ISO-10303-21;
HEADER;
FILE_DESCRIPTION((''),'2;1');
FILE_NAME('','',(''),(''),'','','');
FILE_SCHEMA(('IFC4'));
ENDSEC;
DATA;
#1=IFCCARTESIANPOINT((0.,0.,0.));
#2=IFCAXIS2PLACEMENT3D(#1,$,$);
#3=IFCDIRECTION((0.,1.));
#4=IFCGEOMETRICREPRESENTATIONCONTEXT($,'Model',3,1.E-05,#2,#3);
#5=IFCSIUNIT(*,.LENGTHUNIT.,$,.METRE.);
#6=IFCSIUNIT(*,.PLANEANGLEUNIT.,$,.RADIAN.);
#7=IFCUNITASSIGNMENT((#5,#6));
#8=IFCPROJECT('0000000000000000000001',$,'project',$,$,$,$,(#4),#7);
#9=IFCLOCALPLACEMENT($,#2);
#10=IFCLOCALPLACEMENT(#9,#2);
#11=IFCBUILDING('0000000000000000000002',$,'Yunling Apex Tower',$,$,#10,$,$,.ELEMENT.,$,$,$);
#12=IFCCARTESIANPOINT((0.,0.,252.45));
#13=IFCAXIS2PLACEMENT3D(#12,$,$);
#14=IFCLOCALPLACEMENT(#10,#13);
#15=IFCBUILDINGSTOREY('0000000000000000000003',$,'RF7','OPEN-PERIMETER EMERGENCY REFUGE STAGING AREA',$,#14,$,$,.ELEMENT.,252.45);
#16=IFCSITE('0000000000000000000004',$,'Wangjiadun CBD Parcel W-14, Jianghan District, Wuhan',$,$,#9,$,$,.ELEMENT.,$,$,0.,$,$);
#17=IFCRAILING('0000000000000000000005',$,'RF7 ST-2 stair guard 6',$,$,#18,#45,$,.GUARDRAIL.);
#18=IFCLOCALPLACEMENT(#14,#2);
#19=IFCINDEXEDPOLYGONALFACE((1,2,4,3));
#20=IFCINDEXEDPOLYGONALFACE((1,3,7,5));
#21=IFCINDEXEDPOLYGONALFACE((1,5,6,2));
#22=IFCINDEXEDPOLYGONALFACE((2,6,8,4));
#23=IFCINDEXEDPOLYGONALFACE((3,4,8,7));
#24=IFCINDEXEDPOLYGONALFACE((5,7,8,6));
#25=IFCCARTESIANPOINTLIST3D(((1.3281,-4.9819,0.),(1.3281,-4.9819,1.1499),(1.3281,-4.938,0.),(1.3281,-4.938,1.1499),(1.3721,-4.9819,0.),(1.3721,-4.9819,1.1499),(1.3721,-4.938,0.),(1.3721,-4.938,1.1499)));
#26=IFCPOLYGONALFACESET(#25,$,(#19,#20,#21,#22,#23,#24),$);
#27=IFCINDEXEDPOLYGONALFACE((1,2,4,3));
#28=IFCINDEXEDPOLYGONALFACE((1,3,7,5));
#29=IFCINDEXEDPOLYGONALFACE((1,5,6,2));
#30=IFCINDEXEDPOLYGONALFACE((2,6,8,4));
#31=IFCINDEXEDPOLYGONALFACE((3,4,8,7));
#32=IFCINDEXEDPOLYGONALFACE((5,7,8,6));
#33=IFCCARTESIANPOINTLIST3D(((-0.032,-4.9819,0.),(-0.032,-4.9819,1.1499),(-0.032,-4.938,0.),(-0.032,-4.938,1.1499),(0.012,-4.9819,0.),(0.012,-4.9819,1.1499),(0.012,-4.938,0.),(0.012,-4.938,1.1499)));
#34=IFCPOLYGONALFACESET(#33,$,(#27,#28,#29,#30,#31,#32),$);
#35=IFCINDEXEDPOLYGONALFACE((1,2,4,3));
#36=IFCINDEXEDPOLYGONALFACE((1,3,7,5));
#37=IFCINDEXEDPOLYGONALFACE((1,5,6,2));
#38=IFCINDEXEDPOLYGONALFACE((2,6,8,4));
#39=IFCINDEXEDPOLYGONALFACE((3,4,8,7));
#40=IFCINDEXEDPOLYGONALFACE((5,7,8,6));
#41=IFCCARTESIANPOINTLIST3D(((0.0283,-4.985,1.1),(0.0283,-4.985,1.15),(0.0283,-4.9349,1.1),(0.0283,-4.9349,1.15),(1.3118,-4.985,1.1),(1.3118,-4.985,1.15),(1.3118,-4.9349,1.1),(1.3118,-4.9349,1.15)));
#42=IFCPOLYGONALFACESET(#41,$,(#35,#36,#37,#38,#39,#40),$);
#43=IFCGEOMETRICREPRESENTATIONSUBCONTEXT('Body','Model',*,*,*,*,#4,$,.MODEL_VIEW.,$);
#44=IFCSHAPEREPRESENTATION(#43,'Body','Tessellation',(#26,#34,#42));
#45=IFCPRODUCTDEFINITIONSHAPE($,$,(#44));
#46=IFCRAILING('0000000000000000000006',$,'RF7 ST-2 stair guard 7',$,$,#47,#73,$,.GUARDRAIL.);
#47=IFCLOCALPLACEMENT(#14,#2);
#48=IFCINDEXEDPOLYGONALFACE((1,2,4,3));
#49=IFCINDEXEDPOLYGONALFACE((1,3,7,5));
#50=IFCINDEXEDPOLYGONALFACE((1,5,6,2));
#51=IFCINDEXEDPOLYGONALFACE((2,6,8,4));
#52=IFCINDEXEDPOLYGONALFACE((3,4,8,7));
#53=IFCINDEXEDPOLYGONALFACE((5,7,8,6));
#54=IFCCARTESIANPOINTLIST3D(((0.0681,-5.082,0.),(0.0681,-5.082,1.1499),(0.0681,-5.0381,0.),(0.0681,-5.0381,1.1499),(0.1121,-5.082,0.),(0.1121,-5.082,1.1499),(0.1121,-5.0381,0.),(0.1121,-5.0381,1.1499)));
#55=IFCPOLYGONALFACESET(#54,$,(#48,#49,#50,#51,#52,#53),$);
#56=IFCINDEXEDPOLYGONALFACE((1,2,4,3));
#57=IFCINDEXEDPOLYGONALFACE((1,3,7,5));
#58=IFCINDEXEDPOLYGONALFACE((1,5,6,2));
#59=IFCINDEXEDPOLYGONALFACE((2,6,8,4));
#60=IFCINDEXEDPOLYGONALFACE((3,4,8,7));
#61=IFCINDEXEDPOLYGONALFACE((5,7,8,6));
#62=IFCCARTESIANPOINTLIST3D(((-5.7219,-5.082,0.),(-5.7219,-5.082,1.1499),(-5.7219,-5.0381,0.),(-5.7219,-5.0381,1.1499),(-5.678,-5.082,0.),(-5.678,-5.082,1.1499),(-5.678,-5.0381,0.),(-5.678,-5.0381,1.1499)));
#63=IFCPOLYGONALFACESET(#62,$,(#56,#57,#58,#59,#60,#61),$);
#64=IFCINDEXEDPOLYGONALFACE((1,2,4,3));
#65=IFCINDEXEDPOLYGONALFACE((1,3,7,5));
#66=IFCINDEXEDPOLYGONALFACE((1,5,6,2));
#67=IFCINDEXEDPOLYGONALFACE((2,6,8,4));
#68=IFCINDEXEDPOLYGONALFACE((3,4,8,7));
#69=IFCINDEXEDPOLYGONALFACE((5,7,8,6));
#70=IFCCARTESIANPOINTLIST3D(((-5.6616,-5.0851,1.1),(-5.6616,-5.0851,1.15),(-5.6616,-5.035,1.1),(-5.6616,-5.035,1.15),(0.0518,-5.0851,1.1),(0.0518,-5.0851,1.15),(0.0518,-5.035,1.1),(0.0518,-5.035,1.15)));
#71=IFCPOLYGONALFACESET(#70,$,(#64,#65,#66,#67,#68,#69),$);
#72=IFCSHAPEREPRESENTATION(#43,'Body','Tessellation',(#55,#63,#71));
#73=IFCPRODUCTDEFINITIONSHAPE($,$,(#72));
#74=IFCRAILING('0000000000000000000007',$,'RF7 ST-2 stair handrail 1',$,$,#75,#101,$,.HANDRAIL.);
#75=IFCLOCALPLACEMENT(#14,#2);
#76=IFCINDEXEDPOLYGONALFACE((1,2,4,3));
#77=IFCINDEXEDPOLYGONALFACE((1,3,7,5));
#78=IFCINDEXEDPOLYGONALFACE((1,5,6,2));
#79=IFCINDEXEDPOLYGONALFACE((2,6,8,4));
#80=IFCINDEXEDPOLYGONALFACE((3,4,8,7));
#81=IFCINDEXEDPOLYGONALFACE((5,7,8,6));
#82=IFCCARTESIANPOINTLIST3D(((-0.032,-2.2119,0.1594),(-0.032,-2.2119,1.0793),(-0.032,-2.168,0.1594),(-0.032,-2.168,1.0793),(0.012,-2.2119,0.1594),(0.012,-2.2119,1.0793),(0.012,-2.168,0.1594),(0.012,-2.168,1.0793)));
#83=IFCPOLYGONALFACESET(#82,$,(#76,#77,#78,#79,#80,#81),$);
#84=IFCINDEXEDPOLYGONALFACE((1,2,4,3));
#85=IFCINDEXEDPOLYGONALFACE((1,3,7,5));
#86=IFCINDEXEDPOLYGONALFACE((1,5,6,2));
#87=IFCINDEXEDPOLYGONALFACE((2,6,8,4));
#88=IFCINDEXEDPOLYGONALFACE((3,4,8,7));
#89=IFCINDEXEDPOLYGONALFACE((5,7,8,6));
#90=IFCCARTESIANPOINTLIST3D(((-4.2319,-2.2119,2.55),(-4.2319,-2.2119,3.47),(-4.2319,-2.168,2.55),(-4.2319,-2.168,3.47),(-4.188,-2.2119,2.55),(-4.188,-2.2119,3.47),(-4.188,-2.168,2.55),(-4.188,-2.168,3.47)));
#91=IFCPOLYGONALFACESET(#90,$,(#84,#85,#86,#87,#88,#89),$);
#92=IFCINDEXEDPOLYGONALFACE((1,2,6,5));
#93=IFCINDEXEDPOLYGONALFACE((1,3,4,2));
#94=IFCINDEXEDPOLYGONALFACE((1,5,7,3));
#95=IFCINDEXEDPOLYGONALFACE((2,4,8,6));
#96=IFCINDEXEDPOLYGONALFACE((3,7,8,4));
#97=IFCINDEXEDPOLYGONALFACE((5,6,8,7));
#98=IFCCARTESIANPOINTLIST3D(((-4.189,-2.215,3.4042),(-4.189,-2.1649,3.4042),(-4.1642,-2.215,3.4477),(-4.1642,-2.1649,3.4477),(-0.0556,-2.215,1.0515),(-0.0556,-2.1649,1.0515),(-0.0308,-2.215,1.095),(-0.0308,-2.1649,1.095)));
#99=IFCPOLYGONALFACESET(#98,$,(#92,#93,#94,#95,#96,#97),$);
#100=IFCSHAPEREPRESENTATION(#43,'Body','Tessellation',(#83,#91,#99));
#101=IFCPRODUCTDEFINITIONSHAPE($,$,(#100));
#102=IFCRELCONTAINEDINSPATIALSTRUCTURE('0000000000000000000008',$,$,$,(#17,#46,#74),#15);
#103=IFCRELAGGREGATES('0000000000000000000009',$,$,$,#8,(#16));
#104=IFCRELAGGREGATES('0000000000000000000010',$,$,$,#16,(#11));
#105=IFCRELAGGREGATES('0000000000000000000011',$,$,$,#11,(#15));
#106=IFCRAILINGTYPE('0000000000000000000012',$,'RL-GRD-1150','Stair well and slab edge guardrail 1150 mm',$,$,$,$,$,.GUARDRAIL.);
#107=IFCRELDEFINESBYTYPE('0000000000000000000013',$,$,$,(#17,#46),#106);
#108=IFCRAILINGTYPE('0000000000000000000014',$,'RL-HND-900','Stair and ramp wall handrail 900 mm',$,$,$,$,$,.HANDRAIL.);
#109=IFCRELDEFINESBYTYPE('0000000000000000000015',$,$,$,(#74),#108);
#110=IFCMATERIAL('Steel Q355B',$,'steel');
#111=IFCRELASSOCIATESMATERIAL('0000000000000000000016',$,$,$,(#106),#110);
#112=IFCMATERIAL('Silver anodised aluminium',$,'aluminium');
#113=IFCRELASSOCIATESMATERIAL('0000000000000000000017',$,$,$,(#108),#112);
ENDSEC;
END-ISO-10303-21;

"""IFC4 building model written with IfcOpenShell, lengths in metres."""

from ifc_helpers import new_model, si_unit, direction, frame, origin, origin_2d, place, context, subcontext, project, spatial, rectangle, extrude, material, type_object, element, save


model = new_model("IFC4")

# Units and contexts
model_context = context("Model", 3, precision=1e-05, world=origin(), true_north=direction((0.0, 1.0)))
body_context = subcontext(model_context, "Body", "Model", "MODEL_VIEW")
ifc_project = project(units=[si_unit("LENGTHUNIT", "METRE"), si_unit("PLANEANGLEUNIT", "RADIAN")], contexts=[model_context])

# Site, building, storey
site_placement = place(None, origin())
site = spatial("IfcSite", under=ifc_project, at=site_placement, Name="Wangjiadun CBD Parcel W-14, Jianghan District, Wuhan", CompositionType="ELEMENT", RefElevation=0.0)
building_placement = place(site_placement, origin())
building = spatial("IfcBuilding", under=site, at=building_placement, Name="Yunling Apex Tower", CompositionType="ELEMENT")
storey_placement = place(building_placement, frame((0.0, 0.0, 252.45)))
storey = spatial("IfcBuildingStorey", under=building, at=storey_placement, Name="RF7", Description="OPEN-PERIMETER EMERGENCY REFUGE STAGING AREA", CompositionType="ELEMENT", Elevation=252.45)

# Shared definitions
ifc_material_1 = material(Name="Steel Q355B", Category="steel")

# Railings
railing_type_1 = type_object("IfcRailingType", Name="RL-GRD-1150", Description="Stair well and slab edge guardrail 1150 mm", PredefinedType="GUARDRAIL", material=ifc_material_1)
railing_1_placement = place(storey_placement, frame((1.3501, -4.96, 0.0)))
element("IfcRailing", 1, at=railing_1_placement, inside=storey, type_object=railing_type_1, Name="RF7 ST-2 stair guard 6", PredefinedType="GUARDRAIL", context=body_context, shape_type="SweptSolid", body=[
    extrude(rectangle(XDim=0.0439, YDim=0.0439, at=origin_2d()), origin(), (0.0, 0.0, 1.0), 1.1499),
    extrude(rectangle(XDim=0.0439, YDim=0.0439, at=origin_2d()), frame((-1.3601, 0.0, 0.0)), (0.0, 0.0, 1.0), 1.1499),
    extrude(rectangle(XDim=0.05, YDim=0.05, at=origin_2d()), frame((-0.0383, 0.0, 1.125), z_axis=(-1.0, 0.0, 0.0), x_axis=(0.0, -1.0, 0.0)), (0.0, 0.0, 1.0), 1.2834),
])
railing_2_placement = place(storey_placement, frame((0.0901, -5.0601, 0.0)))
element("IfcRailing", 2, at=railing_2_placement, inside=storey, type_object=railing_type_1, Name="RF7 ST-2 stair guard 7", PredefinedType="GUARDRAIL", context=body_context, shape_type="SweptSolid", body=[
    extrude(rectangle(XDim=0.0439, YDim=0.0439, at=origin_2d()), origin(), (0.0, 0.0, 1.0), 1.1499),
    extrude(rectangle(XDim=0.0439, YDim=0.0439, at=origin_2d()), frame((-5.79, 0.0, 0.0)), (0.0, 0.0, 1.0), 1.1499),
    extrude(rectangle(XDim=0.05, YDim=0.05, at=origin_2d()), frame((-0.0383, 0.0, 1.125), z_axis=(-1.0, 0.0, 0.0), x_axis=(0.0, -1.0, 0.0)), (0.0, 0.0, 1.0), 5.7134),
])
ifc_material_2 = material(Name="Silver anodised aluminium", Category="aluminium")
railing_type_2 = type_object("IfcRailingType", Name="RL-HND-900", Description="Stair and ramp wall handrail 900 mm", PredefinedType="HANDRAIL", material=ifc_material_2)
railing_3_placement = place(storey_placement, frame((-0.01, -2.1899, 0.1594)))
element("IfcRailing", 3, at=railing_3_placement, inside=storey, type_object=railing_type_2, Name="RF7 ST-2 stair handrail 1", PredefinedType="HANDRAIL", context=body_context, shape_type="SweptSolid", body=[
    extrude(rectangle(XDim=0.0439, YDim=0.0439, at=origin_2d()), origin(), (0.0, 0.0, 1.0), 0.9199),
    extrude(rectangle(XDim=0.0439, YDim=0.0439, at=origin_2d()), frame((-4.2, 0.0, 2.3906)), (0.0, 0.0, 1.0), 0.9199),
    extrude(rectangle(XDim=0.05, YDim=0.05, at=origin_2d()), frame((-0.0332, 0.0, 0.9138), z_axis=(-0.869075, 0.0, 0.49468), x_axis=(0.0, -1.0, 0.0)), (0.0, 0.0, 1.0), 4.7561),
])

save(model, "model.ifc")
